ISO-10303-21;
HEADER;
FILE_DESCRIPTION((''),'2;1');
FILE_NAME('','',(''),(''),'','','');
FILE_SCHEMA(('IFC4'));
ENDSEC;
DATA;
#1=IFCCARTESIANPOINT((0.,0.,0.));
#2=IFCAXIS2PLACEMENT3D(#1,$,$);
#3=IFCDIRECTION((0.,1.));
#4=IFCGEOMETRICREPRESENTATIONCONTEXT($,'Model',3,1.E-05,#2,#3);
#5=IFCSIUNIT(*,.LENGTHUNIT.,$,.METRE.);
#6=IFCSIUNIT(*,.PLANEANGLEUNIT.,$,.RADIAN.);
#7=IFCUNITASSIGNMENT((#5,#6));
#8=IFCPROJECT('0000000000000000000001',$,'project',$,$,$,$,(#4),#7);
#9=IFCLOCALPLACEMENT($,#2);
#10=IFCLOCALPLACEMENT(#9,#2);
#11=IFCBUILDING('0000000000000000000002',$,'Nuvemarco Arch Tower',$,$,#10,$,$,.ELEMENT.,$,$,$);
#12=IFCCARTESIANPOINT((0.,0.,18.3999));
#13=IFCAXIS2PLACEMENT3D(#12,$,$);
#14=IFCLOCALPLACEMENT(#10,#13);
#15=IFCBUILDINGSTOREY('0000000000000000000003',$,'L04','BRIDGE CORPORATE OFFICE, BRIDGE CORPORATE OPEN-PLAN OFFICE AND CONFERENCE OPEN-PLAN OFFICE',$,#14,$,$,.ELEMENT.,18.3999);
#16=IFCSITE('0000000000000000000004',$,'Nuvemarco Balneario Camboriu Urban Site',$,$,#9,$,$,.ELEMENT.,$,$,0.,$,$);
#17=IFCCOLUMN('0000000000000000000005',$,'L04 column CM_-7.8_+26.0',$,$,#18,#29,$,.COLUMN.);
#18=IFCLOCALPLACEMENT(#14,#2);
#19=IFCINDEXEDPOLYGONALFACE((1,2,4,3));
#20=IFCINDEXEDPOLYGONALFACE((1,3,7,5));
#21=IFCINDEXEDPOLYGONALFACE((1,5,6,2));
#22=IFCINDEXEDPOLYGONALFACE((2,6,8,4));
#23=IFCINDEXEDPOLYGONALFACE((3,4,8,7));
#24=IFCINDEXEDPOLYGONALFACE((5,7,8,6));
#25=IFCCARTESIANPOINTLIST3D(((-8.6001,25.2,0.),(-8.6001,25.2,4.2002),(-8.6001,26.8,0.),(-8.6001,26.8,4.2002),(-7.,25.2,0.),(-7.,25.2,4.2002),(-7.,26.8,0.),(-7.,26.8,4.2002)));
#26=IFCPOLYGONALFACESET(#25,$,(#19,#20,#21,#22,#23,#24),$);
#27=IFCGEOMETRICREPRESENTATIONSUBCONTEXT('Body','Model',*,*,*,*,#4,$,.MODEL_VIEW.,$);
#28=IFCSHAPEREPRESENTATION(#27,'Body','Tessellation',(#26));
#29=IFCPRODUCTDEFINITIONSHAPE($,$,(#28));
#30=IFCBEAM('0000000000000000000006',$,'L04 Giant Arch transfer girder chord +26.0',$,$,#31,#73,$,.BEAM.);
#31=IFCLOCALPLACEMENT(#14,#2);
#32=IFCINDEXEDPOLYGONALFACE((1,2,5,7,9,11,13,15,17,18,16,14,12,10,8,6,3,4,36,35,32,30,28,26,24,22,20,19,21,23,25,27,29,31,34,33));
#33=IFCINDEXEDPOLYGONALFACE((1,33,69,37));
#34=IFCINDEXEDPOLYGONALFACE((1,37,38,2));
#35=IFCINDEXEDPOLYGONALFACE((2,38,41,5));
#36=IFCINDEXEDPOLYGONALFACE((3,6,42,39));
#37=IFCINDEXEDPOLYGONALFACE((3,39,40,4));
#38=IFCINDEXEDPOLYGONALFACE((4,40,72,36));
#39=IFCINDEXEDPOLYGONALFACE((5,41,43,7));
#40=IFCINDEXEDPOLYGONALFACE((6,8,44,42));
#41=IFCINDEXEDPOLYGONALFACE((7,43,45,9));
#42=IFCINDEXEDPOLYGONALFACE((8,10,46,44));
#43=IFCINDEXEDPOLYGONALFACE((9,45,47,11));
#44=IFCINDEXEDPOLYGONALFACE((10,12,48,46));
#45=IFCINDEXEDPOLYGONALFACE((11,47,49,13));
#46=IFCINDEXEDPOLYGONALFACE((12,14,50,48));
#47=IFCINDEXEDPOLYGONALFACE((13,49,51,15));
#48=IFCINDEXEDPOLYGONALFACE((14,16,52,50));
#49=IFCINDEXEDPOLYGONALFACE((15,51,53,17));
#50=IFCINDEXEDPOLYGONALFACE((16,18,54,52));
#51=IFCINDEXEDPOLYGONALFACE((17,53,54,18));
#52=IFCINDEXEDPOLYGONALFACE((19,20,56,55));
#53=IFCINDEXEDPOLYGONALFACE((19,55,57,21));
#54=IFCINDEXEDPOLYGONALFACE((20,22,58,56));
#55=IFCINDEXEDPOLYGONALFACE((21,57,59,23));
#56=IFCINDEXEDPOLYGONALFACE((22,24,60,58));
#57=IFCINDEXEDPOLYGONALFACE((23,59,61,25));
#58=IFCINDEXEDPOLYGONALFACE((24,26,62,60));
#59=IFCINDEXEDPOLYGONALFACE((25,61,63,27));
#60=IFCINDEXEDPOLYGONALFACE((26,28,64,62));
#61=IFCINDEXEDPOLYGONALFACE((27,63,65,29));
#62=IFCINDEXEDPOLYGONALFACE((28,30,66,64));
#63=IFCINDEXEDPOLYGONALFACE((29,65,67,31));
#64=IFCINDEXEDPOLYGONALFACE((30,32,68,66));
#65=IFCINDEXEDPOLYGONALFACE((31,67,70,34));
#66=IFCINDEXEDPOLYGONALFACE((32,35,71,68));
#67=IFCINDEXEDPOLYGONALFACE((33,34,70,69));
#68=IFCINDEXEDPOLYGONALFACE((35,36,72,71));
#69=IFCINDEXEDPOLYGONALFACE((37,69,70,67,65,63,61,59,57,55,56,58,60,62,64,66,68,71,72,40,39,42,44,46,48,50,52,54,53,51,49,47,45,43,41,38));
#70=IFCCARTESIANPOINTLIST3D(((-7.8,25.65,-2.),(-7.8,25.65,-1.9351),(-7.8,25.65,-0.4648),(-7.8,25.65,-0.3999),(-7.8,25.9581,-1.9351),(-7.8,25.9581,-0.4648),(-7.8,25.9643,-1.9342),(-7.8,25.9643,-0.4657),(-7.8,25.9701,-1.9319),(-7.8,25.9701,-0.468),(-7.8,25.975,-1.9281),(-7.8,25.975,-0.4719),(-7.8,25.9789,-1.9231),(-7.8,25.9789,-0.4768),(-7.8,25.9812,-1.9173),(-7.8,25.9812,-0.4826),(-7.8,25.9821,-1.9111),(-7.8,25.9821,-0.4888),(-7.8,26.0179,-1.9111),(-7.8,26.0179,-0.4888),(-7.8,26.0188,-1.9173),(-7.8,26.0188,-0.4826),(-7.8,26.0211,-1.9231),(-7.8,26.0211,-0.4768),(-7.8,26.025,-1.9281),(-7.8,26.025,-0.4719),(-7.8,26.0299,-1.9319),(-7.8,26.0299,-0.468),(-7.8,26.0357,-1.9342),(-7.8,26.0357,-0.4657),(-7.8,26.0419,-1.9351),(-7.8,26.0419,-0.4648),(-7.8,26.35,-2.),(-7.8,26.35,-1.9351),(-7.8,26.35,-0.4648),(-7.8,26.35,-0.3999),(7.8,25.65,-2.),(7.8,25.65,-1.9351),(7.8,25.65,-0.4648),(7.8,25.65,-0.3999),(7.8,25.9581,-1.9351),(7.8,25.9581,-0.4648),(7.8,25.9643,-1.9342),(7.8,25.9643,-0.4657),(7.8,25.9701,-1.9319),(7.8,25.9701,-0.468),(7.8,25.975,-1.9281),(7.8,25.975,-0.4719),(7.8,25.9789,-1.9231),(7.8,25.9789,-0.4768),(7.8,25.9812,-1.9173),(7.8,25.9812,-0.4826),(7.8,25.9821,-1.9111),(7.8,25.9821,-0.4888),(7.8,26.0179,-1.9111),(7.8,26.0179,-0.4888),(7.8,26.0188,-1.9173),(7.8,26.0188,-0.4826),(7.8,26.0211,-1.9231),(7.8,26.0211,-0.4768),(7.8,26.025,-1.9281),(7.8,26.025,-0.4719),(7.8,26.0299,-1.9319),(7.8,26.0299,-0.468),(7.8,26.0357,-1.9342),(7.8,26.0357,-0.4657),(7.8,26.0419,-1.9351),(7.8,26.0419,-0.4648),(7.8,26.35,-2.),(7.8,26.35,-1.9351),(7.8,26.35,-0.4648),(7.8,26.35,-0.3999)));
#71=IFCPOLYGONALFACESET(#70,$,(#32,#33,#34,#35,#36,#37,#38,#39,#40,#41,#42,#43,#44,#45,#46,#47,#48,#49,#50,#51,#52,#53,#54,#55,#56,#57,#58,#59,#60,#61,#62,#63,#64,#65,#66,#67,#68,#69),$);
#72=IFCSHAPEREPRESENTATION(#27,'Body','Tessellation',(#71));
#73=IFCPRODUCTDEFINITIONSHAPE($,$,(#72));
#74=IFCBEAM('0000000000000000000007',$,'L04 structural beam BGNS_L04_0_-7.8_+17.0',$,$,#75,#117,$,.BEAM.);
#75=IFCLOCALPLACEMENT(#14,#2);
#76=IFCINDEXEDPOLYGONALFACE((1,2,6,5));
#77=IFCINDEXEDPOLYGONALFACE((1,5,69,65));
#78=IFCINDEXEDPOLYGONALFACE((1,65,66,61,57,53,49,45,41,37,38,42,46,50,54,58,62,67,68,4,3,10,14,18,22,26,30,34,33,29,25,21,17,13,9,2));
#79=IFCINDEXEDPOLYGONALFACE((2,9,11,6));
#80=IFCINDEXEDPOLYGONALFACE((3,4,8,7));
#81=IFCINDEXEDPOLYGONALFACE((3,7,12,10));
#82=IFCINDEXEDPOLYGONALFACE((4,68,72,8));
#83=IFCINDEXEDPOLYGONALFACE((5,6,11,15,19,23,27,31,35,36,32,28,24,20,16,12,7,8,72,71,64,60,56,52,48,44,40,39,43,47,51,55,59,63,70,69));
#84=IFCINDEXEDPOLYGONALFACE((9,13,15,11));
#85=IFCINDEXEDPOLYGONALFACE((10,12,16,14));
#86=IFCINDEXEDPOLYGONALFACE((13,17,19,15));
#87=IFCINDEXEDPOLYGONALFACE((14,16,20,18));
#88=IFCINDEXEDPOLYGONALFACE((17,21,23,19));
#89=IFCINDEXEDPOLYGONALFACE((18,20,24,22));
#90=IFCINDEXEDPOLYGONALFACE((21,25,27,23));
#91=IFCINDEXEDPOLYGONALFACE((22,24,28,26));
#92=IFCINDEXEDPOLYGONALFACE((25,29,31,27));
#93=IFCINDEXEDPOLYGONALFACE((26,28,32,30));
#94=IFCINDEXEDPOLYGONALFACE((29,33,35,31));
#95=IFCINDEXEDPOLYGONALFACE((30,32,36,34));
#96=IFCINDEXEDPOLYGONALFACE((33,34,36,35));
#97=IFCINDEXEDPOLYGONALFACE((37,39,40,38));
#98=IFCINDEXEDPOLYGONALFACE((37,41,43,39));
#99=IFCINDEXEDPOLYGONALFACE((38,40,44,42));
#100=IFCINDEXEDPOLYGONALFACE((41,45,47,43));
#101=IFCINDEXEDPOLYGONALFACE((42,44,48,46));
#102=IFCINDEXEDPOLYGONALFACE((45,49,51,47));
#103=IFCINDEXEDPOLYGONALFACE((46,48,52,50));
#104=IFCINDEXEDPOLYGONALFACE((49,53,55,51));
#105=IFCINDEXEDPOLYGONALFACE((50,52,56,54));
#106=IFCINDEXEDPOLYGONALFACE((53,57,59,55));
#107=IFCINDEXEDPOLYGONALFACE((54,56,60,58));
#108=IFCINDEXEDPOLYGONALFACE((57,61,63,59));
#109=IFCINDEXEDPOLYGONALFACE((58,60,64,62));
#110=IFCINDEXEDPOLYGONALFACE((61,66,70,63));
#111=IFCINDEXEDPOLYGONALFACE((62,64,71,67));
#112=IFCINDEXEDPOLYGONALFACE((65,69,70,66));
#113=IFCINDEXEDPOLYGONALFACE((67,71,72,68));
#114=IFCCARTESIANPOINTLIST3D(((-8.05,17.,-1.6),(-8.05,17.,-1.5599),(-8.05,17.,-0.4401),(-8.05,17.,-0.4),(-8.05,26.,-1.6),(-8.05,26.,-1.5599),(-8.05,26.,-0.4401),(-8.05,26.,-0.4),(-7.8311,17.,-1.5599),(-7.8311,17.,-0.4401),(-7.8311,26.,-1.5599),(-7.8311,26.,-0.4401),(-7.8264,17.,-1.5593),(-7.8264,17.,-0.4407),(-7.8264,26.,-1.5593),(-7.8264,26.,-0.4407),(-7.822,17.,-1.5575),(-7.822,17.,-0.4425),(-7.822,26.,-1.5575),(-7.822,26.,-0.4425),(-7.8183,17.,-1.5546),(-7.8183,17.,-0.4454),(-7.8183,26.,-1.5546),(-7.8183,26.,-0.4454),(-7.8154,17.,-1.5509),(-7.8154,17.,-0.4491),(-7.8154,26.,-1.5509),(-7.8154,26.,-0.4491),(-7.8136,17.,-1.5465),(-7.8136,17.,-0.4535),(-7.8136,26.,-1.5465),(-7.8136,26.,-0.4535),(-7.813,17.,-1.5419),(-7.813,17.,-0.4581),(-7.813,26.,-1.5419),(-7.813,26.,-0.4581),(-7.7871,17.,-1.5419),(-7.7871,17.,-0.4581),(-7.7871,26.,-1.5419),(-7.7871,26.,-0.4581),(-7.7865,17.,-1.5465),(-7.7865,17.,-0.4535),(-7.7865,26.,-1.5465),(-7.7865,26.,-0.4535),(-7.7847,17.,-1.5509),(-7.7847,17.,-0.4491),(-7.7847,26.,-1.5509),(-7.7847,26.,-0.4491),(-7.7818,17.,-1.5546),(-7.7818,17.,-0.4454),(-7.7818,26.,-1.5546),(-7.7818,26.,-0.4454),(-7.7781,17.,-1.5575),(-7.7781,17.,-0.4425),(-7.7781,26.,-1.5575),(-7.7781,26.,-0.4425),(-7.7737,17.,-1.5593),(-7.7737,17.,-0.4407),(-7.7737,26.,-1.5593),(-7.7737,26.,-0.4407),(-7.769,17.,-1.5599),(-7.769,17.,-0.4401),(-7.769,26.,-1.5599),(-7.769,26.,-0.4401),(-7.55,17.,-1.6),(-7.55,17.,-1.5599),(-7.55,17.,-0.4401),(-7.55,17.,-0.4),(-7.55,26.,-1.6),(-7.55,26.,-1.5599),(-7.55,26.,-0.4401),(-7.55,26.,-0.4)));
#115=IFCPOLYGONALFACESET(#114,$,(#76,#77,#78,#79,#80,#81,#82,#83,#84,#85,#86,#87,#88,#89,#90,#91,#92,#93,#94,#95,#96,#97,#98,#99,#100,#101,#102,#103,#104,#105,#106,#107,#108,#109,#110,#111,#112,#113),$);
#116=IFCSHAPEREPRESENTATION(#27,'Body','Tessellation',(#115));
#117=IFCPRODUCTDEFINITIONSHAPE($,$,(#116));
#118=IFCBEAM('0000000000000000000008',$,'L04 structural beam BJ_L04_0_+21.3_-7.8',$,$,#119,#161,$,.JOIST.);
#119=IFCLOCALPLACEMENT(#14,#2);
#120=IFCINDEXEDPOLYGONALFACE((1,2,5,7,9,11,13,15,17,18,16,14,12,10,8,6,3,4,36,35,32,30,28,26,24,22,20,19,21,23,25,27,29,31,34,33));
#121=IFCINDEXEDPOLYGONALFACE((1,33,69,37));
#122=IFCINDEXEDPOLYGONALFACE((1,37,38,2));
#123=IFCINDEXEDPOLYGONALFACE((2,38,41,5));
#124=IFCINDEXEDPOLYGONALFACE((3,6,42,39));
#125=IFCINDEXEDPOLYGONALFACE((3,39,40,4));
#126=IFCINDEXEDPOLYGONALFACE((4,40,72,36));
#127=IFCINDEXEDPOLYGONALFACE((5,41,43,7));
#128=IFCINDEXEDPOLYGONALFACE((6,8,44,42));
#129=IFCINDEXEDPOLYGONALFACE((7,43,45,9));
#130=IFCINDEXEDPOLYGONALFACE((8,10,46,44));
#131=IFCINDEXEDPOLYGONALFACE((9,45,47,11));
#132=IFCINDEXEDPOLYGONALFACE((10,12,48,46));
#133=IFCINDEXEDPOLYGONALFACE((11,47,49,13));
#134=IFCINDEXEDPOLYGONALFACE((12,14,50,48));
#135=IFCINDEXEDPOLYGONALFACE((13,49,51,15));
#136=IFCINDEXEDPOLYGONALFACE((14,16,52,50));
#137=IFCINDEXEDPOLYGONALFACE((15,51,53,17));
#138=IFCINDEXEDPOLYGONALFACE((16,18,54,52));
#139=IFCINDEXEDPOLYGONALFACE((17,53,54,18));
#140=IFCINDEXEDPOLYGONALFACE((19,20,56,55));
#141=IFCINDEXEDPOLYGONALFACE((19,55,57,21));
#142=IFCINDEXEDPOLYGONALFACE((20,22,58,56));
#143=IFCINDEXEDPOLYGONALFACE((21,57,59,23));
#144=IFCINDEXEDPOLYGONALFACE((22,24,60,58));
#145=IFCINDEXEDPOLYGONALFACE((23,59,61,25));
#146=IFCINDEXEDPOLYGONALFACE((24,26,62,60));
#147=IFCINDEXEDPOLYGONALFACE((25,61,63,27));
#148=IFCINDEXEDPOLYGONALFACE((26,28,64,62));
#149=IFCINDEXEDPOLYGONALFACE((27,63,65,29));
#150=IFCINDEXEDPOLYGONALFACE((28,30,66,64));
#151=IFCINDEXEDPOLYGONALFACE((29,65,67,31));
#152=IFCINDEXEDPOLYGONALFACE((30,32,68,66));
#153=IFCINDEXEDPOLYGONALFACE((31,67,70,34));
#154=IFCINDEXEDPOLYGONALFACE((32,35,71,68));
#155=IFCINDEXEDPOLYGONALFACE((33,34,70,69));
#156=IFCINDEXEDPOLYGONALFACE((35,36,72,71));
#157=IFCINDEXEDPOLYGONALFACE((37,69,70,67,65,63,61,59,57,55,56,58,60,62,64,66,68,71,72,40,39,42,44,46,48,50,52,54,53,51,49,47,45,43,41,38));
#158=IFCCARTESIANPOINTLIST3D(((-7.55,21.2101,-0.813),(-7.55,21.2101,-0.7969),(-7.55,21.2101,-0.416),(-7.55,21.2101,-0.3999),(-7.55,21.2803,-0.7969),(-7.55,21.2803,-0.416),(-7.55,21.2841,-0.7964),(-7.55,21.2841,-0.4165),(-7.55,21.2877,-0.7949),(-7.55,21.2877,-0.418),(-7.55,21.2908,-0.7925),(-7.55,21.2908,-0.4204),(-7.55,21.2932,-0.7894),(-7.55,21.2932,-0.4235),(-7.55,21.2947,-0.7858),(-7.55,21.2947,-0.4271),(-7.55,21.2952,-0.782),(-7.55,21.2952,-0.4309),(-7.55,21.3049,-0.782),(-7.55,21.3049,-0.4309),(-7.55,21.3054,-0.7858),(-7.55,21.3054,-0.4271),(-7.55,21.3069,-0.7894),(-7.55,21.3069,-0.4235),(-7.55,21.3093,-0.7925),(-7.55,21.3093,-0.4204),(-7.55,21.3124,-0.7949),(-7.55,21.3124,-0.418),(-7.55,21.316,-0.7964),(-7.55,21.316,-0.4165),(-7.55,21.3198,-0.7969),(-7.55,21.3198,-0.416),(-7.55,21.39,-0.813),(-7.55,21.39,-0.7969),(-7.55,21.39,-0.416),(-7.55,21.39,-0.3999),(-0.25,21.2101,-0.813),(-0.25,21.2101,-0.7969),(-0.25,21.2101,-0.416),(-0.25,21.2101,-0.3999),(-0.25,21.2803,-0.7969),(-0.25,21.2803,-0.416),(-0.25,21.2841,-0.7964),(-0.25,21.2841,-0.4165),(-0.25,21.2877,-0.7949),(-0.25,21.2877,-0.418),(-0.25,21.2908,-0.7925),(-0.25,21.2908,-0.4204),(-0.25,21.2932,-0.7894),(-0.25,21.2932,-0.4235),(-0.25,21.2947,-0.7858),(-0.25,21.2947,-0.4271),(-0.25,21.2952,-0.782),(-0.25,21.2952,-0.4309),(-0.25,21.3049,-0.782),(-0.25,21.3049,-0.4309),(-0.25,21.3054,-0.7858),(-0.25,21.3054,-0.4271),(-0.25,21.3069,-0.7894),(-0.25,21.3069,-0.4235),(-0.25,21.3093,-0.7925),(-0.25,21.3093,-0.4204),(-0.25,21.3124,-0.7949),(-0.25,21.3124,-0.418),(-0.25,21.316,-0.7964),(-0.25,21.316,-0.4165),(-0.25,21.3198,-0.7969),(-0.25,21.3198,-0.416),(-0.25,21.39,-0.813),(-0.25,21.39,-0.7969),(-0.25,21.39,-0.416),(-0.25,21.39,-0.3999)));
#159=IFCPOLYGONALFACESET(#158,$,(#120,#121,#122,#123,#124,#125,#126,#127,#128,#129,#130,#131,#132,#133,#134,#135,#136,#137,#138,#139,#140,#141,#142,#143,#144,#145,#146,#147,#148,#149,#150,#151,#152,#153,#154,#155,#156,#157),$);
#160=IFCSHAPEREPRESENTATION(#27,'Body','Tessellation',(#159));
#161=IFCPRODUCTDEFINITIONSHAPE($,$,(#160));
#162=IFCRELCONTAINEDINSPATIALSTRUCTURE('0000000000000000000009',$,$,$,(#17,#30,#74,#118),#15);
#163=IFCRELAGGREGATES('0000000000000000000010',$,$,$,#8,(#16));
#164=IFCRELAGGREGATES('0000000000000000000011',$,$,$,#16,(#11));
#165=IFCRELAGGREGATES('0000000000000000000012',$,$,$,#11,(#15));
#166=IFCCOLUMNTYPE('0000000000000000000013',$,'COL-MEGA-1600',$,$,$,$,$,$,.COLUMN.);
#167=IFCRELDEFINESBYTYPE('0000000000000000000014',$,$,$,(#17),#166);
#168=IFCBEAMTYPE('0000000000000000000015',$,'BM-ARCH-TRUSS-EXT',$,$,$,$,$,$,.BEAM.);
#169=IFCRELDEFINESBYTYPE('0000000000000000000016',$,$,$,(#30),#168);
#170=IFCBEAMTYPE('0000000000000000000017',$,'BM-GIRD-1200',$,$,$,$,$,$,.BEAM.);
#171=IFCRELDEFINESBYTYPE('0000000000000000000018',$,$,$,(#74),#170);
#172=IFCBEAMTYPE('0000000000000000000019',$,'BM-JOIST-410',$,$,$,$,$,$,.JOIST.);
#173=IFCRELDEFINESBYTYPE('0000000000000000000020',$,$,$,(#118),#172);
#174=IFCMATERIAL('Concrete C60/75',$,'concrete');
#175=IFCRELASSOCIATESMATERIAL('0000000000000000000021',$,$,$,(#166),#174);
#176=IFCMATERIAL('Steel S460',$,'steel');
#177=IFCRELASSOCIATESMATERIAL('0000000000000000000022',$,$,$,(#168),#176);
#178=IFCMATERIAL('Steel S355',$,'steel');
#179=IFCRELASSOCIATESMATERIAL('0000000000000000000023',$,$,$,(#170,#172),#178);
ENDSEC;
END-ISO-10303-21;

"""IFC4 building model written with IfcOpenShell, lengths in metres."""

from ifc_helpers import new_model, si_unit, direction, frame, origin, origin_2d, place, context, subcontext, project, spatial, rectangle, i_section, extrude, material, material_profile, profile_set, type_object, element, save


model = new_model("IFC4")

# Units and contexts
model_context = context("Model", 3, precision=1e-05, world=origin(), true_north=direction((0.0, 1.0)))
body_context = subcontext(model_context, "Body", "Model", "MODEL_VIEW")
ifc_project = project(units=[si_unit("LENGTHUNIT", "METRE"), si_unit("PLANEANGLEUNIT", "RADIAN")], contexts=[model_context])

# Site, building, storey
site_placement = place(None, origin())
site = spatial("IfcSite", under=ifc_project, at=site_placement, Name="Nuvemarco Balneario Camboriu Urban Site", CompositionType="ELEMENT", RefElevation=0.0)
building_placement = place(site_placement, origin())
building = spatial("IfcBuilding", under=site, at=building_placement, Name="Nuvemarco Arch Tower", CompositionType="ELEMENT")
storey_placement = place(building_placement, frame((0.0, 0.0, 18.3999)))
storey = spatial("IfcBuildingStorey", under=building, at=storey_placement, Name="L04", Description="BRIDGE CORPORATE OFFICE, BRIDGE CORPORATE OPEN-PLAN OFFICE AND CONFERENCE OPEN-PLAN OFFICE", CompositionType="ELEMENT", Elevation=18.3999)

# Column
ifc_material_1 = material(Name="Concrete C60/75", Category="concrete")
ifc_material_profile_1 = material_profile(ifc_material_1, rectangle(XDim=1.6001, YDim=1.6001, at=origin_2d()), Name="RC-COL-1600x1600")
ifc_profile_set_1 = profile_set([ifc_material_profile_1], Name="Concrete C60/75")
column_type = type_object("IfcColumnType", Name="COL-MEGA-1600", PredefinedType="COLUMN", material=ifc_profile_set_1)
column_placement = place(storey_placement, frame((-7.8, 26.0, 0.0), z_axis=(0.0, 0.0, 1.0), x_axis=(1.0, 0.0, 0.0)))
element("IfcColumn", 1, at=column_placement, inside=storey, type_object=column_type, Name="L04 column CM_-7.8_+26.0", PredefinedType="COLUMN", context=body_context, shape_type="SweptSolid", body=[
    extrude(rectangle(XDim=1.6001, YDim=1.6001, at=origin_2d()), origin(), (0.0, 0.0, 1.0), 4.2002),
])

# Beams
ifc_material_2 = material(Name="Steel S460", Category="steel")
ifc_material_profile_2 = material_profile(ifc_material_2, i_section(OverallWidth=0.7, OverallDepth=1.6001, WebThickness=0.0359, FlangeThickness=0.0649, FilletRadius=0.0239, at=origin_2d()), Name="PG1600x700")
ifc_profile_set_2 = profile_set([ifc_material_profile_2], Name="Steel S460")
beam_type_1 = type_object("IfcBeamType", Name="BM-ARCH-TRUSS-EXT", PredefinedType="BEAM", material=ifc_profile_set_2)
beam_1_placement = place(storey_placement, frame((-7.8, 26.0, -1.2), z_axis=(1.0, 0.0, 0.0), x_axis=(0.0, 1.0, 0.0)))
element("IfcBeam", 2, at=beam_1_placement, inside=storey, type_object=beam_type_1, Name="L04 Giant Arch transfer girder chord +26.0", PredefinedType="BEAM", context=body_context, shape_type="SweptSolid", body=[
    extrude(i_section(OverallWidth=0.7, OverallDepth=1.6001, WebThickness=0.0359, FlangeThickness=0.0649, FilletRadius=0.0239, at=origin_2d()), origin(), (0.0, 0.0, 1.0), 15.6001),
])
ifc_material_3 = material(Name="Steel S355", Category="steel")
ifc_material_profile_3 = material_profile(ifc_material_3, i_section(OverallWidth=0.5, OverallDepth=1.2, WebThickness=0.0259, FlangeThickness=0.04, FilletRadius=0.0181, at=origin_2d()), Name="PG1200x500")
ifc_profile_set_3 = profile_set([ifc_material_profile_3], Name="Steel S355")
beam_type_2 = type_object("IfcBeamType", Name="BM-GIRD-1200", PredefinedType="BEAM", material=ifc_profile_set_3)
beam_2_placement = place(storey_placement, frame((-7.8, 17.0, -1.0), z_axis=(0.0, 1.0, 0.0), x_axis=(-1.0, 0.0, 0.0)))
element("IfcBeam", 3, at=beam_2_placement, inside=storey, type_object=beam_type_2, Name="L04 structural beam BGNS_L04_0_-7.8_+17.0", PredefinedType="BEAM", context=body_context, shape_type="SweptSolid", body=[
    extrude(i_section(OverallWidth=0.5, OverallDepth=1.2, WebThickness=0.0259, FlangeThickness=0.04, FilletRadius=0.0181, at=origin_2d()), origin(), (0.0, 0.0, 1.0), 9.0),
])
ifc_material_profile_4 = material_profile(ifc_material_3, i_section(OverallWidth=0.1799, OverallDepth=0.4131, WebThickness=0.0098, FlangeThickness=0.0161, FilletRadius=0.0149, at=origin_2d()), Name="W410x75")
ifc_profile_set_4 = profile_set([ifc_material_profile_4], Name="Steel S355")
beam_type_3 = type_object("IfcBeamType", Name="BM-JOIST-410", PredefinedType="JOIST", material=ifc_profile_set_4)
beam_3_placement = place(storey_placement, frame((-7.55, 21.3, -0.6064), z_axis=(1.0, 0.0, 0.0), x_axis=(0.0, 1.0, 0.0)))
element("IfcBeam", 4, at=beam_3_placement, inside=storey, type_object=beam_type_3, Name="L04 structural beam BJ_L04_0_+21.3_-7.8", PredefinedType="JOIST", context=body_context, shape_type="SweptSolid", body=[
    extrude(i_section(OverallWidth=0.1799, OverallDepth=0.4131, WebThickness=0.0098, FlangeThickness=0.0161, FilletRadius=0.0149, at=origin_2d()), origin(), (0.0, 0.0, 1.0), 7.3),
])

save(model, "model.ifc")
